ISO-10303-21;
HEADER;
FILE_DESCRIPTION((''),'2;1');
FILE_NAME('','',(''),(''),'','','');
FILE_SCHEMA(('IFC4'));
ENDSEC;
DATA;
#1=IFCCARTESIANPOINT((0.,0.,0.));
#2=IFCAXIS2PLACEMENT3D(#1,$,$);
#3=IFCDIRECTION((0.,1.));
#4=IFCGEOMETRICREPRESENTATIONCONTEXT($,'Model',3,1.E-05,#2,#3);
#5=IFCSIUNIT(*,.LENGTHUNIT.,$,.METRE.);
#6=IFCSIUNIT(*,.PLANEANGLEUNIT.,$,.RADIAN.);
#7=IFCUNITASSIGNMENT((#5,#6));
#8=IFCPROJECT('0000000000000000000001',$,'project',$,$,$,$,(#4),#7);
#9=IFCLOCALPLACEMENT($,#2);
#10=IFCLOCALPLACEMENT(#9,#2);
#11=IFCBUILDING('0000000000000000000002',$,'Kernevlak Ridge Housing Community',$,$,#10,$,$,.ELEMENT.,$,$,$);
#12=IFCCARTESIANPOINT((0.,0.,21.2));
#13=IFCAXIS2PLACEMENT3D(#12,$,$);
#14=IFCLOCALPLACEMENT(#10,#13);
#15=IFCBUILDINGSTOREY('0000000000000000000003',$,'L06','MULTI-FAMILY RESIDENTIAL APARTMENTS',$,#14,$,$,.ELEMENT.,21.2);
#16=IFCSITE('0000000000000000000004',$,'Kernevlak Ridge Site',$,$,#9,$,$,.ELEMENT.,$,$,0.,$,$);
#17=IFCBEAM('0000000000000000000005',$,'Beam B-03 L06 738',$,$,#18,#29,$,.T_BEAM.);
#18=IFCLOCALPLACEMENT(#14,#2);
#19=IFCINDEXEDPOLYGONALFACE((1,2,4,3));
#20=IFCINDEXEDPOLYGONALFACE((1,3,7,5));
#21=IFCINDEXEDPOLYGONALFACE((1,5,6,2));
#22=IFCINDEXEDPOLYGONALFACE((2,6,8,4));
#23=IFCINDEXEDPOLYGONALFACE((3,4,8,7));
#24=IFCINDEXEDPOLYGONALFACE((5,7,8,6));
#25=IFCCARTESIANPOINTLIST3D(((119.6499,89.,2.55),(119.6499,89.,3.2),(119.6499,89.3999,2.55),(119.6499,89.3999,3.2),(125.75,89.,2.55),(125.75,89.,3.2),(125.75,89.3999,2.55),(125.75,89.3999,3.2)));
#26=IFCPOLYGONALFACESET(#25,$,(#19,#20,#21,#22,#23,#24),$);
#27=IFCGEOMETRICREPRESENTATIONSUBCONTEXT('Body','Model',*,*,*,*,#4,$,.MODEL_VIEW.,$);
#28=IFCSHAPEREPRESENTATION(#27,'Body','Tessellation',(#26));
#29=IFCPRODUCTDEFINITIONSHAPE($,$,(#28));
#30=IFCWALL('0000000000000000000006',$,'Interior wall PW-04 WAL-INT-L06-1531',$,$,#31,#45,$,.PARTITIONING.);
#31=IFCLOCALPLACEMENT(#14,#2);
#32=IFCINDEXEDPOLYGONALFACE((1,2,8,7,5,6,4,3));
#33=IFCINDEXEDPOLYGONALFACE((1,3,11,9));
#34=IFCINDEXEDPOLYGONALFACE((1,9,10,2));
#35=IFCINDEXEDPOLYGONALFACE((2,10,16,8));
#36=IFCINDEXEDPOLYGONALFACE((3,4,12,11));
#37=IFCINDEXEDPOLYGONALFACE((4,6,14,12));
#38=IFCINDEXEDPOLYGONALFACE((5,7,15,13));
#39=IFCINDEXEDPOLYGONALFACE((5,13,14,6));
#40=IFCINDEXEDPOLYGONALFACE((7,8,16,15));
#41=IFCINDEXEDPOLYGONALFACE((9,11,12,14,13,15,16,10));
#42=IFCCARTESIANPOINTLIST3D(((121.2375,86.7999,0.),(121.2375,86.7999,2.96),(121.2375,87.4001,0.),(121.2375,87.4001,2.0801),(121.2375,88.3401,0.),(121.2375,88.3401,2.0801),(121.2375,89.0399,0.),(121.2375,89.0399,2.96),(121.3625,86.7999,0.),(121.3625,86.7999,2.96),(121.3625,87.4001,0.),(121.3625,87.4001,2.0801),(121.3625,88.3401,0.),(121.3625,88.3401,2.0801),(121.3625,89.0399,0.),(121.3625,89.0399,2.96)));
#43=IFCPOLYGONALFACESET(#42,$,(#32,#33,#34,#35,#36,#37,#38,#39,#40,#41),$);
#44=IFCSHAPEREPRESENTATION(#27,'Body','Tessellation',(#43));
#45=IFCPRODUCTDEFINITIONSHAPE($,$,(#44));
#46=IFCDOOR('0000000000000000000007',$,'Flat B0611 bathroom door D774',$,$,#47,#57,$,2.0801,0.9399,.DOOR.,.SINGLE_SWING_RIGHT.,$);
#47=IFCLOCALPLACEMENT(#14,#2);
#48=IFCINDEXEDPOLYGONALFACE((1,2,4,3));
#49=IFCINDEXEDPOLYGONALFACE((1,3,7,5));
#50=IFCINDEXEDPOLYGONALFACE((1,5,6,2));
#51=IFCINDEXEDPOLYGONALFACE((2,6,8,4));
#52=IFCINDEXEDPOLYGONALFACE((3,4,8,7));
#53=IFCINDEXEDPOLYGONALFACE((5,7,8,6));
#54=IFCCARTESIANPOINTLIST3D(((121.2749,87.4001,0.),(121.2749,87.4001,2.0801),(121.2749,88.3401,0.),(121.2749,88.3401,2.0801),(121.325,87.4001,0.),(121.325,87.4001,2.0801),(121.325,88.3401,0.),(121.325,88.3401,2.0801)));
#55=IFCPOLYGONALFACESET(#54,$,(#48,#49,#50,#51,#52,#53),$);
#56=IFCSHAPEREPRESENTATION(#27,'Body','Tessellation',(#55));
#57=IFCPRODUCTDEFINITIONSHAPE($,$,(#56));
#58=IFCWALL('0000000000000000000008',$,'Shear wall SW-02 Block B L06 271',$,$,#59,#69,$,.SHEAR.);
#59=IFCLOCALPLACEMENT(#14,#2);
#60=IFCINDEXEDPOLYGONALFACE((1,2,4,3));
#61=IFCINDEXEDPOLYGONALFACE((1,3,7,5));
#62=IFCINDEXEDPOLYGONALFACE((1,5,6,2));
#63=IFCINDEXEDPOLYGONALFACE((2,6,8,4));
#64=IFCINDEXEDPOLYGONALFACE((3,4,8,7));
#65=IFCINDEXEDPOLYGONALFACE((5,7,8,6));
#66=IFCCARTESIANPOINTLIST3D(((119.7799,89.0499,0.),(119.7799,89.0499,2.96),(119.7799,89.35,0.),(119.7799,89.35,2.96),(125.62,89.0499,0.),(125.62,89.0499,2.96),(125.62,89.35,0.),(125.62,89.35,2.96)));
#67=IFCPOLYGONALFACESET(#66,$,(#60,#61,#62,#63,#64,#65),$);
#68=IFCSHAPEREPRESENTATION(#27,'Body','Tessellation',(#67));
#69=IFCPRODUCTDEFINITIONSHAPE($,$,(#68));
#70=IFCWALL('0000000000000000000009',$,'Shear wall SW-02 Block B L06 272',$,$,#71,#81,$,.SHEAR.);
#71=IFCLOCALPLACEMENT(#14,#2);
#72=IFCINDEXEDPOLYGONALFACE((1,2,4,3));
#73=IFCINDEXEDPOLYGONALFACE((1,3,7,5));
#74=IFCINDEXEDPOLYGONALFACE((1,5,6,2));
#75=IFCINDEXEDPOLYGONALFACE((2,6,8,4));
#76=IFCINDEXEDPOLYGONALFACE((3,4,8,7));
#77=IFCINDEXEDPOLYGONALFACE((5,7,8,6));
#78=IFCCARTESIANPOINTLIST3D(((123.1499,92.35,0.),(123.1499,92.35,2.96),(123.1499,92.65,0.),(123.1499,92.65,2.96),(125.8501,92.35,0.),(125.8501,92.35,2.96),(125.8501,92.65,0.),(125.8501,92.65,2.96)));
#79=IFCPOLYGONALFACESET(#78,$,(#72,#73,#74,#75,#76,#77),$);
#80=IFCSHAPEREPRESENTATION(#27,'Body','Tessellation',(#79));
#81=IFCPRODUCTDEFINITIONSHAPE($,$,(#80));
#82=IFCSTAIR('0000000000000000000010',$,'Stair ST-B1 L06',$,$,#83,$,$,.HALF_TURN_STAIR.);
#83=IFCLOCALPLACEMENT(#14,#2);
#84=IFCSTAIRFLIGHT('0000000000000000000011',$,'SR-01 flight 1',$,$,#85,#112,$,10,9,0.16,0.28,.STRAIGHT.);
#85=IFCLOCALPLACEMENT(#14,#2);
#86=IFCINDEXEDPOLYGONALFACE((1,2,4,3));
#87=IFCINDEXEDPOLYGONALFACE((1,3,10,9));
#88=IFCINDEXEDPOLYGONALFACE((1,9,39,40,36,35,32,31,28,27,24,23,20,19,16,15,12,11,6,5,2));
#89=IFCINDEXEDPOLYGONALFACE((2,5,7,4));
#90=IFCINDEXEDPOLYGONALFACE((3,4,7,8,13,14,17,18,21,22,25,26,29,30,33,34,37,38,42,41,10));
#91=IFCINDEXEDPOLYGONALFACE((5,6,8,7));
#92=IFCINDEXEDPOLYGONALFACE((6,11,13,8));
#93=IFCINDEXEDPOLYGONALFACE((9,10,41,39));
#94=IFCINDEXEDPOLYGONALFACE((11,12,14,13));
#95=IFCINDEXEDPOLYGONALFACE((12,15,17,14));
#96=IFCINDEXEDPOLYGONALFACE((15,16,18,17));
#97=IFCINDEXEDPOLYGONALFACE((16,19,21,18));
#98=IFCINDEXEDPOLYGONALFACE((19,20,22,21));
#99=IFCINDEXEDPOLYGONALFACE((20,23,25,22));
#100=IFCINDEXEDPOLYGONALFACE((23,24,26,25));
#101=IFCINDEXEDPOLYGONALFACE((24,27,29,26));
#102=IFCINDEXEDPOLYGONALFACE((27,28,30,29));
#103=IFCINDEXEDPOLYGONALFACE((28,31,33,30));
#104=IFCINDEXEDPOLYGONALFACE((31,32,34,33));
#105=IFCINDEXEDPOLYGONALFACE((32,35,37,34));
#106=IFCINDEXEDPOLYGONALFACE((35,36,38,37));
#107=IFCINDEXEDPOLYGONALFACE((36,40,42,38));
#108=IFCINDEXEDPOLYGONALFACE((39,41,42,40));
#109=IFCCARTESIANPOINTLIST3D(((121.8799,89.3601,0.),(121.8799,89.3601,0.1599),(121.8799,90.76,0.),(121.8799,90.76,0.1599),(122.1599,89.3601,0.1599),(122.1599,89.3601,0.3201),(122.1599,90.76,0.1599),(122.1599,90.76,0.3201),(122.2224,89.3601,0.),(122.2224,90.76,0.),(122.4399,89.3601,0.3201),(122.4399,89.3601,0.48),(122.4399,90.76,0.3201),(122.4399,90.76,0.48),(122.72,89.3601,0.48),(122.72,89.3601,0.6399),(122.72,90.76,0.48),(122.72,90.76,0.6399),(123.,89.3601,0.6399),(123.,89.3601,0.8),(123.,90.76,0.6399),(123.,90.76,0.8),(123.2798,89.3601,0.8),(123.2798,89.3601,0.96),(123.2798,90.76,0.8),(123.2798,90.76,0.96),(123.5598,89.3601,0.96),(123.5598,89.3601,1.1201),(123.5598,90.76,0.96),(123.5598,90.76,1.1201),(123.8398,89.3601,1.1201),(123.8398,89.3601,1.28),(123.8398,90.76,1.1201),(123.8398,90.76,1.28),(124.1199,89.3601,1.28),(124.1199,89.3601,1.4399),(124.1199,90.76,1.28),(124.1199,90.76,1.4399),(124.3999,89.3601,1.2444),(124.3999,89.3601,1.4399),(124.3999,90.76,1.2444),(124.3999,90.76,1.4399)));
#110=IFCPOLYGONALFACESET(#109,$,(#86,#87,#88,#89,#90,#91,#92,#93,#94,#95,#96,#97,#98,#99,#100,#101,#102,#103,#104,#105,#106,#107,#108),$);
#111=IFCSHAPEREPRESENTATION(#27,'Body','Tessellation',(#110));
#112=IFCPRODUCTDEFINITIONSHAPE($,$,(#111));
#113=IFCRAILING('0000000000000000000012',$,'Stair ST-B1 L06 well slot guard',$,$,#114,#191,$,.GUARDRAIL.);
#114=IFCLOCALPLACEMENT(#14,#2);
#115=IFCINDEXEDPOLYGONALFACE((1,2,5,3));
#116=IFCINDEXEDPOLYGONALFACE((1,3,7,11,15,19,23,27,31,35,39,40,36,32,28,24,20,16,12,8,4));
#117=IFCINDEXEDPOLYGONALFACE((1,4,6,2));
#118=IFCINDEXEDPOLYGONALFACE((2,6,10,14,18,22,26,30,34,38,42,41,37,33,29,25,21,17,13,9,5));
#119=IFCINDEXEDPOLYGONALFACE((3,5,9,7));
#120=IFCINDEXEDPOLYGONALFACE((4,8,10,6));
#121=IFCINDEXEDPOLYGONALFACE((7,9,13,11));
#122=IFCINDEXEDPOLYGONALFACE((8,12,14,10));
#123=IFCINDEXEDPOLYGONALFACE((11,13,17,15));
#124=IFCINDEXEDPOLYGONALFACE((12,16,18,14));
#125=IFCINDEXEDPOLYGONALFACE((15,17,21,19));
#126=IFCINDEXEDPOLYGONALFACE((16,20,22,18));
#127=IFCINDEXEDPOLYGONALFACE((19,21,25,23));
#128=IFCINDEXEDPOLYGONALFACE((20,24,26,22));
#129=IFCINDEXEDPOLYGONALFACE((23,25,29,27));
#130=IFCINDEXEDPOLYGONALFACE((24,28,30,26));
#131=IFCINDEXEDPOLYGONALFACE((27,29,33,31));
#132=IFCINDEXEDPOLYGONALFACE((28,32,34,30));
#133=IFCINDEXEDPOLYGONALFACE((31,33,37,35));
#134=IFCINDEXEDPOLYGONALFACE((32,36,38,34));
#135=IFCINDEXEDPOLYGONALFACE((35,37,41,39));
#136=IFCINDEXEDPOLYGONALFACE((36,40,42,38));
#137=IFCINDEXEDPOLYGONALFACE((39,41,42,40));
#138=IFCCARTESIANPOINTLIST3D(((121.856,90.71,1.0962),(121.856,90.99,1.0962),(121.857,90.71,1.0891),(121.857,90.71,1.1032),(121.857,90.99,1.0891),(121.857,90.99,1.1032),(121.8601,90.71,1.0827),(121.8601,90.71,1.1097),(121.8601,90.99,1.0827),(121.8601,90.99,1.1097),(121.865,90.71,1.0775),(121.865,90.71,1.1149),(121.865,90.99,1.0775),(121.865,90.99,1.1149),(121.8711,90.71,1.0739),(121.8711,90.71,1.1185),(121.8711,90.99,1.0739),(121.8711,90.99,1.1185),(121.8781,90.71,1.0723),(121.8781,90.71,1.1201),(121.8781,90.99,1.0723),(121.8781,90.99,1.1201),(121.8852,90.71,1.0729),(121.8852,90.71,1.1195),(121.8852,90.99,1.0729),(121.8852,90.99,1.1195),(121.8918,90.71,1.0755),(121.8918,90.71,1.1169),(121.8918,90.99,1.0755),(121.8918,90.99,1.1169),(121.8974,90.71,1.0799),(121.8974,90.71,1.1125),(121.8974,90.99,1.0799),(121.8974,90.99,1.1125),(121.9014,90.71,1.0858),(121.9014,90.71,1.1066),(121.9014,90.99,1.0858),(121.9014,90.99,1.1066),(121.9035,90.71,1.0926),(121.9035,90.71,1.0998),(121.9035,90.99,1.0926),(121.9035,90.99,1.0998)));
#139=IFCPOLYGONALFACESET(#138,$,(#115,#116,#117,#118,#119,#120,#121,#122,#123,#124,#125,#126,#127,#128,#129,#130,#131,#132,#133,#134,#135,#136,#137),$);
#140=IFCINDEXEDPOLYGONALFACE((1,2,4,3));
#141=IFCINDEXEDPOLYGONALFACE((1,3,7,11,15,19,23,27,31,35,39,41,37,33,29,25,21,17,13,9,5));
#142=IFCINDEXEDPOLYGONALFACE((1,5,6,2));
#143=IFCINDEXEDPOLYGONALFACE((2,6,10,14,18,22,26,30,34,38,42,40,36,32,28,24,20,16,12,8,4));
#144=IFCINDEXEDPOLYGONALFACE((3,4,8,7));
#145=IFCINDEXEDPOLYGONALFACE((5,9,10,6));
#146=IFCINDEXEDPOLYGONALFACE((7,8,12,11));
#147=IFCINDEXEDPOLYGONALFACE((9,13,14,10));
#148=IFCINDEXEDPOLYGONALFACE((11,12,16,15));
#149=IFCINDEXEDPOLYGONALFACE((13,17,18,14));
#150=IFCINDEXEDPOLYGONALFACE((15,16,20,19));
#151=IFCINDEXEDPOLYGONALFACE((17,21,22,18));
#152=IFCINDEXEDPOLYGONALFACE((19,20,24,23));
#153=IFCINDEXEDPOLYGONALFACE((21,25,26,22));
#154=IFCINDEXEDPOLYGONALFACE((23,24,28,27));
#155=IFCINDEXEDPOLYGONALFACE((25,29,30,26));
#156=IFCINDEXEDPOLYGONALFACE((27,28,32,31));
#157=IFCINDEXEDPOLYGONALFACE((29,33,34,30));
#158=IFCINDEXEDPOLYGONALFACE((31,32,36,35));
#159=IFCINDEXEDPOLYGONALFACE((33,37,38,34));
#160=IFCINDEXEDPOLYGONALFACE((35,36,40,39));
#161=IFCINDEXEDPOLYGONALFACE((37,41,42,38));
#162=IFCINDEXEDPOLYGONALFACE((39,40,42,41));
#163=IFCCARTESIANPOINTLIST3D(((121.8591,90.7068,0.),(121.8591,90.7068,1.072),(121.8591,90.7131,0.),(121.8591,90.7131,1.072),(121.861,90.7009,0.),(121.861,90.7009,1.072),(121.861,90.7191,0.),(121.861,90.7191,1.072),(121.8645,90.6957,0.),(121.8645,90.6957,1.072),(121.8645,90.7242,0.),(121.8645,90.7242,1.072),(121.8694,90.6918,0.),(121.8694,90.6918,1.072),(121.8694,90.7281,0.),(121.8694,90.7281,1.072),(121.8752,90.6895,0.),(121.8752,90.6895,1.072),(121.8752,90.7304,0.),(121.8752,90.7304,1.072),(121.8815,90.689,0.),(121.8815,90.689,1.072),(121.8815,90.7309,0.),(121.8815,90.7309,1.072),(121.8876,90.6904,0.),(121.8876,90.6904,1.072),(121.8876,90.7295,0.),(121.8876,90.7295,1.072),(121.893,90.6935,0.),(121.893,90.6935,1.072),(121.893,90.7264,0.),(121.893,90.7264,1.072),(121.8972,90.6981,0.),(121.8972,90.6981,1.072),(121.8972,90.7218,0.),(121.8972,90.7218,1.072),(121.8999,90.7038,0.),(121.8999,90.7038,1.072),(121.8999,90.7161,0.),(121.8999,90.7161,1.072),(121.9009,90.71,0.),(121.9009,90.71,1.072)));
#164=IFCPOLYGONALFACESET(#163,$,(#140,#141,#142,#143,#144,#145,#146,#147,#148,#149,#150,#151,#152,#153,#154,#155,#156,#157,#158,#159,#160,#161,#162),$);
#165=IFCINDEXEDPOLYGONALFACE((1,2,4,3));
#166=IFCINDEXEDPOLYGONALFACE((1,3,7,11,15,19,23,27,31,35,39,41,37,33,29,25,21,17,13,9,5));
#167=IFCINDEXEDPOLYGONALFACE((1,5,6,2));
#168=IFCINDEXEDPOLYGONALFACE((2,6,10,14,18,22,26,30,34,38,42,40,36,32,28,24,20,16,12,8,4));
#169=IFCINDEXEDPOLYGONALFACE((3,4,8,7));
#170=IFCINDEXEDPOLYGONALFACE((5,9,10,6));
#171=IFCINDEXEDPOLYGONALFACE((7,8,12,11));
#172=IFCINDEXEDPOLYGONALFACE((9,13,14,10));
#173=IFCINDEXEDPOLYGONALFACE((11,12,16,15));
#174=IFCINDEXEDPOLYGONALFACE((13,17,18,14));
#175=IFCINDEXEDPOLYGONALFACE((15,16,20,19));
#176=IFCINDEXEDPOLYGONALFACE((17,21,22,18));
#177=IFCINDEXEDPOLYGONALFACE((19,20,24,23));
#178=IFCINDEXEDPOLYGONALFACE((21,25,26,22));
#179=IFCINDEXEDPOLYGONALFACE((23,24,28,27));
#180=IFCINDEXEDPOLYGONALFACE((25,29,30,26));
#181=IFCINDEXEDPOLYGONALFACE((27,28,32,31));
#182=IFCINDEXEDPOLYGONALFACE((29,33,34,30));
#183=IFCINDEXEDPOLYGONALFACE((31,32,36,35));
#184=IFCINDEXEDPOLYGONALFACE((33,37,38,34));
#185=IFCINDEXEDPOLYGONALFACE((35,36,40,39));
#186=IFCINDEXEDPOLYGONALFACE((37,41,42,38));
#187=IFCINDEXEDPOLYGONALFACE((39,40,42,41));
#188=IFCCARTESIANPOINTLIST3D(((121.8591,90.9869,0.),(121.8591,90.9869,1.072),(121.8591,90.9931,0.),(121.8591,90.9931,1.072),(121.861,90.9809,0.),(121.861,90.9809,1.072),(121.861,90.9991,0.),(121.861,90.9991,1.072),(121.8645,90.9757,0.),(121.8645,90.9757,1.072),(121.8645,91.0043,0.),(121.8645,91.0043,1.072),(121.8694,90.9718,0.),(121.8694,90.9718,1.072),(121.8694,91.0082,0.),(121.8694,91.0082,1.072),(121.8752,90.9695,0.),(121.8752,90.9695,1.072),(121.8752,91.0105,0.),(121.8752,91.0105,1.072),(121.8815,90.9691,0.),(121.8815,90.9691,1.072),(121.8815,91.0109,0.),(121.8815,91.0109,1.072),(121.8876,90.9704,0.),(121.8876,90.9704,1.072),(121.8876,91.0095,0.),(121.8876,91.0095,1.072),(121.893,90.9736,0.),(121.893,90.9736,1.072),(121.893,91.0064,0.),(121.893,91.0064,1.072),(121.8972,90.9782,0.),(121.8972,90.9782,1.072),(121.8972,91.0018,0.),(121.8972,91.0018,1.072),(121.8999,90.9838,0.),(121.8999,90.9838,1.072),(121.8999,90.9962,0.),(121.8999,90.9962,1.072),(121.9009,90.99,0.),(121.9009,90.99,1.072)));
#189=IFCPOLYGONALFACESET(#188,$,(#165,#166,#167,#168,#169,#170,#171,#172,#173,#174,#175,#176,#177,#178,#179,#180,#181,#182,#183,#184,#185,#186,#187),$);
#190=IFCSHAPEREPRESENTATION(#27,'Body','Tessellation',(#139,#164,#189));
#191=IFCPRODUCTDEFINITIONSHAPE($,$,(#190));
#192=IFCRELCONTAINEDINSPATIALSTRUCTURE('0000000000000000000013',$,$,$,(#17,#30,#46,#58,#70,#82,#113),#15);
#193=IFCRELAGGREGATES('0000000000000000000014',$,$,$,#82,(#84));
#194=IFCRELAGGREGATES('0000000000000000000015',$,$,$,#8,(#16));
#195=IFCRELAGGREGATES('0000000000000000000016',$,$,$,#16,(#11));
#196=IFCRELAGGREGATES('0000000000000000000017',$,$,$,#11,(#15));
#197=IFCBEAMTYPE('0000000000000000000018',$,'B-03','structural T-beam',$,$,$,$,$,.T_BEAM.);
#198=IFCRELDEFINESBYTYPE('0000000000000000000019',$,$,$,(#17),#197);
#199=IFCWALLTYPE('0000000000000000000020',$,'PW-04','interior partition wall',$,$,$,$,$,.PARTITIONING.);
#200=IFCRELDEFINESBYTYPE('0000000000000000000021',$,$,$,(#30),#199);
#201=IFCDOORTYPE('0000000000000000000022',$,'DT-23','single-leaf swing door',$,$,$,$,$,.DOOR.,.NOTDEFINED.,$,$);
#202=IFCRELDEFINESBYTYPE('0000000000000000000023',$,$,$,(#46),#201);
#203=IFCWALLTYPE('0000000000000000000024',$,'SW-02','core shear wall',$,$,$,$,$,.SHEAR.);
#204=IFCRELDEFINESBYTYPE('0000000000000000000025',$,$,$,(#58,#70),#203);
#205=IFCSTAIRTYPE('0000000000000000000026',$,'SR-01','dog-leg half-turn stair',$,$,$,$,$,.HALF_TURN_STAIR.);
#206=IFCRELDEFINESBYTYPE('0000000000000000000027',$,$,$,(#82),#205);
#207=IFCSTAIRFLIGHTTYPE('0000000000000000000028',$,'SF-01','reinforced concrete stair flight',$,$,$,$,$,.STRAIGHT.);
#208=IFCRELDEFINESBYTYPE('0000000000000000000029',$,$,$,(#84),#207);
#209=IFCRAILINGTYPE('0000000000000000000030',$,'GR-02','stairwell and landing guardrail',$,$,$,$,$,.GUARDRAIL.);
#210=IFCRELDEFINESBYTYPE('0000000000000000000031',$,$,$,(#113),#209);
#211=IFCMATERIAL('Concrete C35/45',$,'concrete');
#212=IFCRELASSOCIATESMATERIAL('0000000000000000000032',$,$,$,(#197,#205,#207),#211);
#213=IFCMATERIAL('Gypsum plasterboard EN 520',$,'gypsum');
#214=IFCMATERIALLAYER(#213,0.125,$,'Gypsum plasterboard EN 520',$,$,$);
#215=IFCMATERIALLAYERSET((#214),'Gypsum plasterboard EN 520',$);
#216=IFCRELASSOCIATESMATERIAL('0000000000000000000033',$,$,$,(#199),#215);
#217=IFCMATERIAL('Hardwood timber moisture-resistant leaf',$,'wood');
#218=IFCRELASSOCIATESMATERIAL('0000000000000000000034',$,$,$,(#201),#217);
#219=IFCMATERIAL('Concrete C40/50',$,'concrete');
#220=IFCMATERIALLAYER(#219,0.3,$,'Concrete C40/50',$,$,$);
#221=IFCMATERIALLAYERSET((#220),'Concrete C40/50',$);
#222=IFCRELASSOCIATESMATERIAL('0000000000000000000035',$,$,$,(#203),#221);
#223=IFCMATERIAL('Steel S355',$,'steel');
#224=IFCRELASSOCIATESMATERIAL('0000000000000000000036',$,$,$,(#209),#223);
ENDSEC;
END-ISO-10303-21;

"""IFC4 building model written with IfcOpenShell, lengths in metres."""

from ifc_helpers import new_model, si_unit, direction, frame, frame_2d, origin, origin_2d, place, context, subcontext, project, spatial, polyline, rectangle, circle, outline, extrude, material, layer, layer_set, material_profile, profile_set, type_object, element, fill, aggregate, save


model = new_model("IFC4")

# Units and contexts
model_context = context("Model", 3, precision=1e-05, world=origin(), true_north=direction((0.0, 1.0)))
body_context = subcontext(model_context, "Body", "Model", "MODEL_VIEW")
ifc_project = project(units=[si_unit("LENGTHUNIT", "METRE"), si_unit("PLANEANGLEUNIT", "RADIAN")], contexts=[model_context])

# Site, building, storey
site_placement = place(None, origin())
site = spatial("IfcSite", under=ifc_project, at=site_placement, Name="Kernevlak Ridge Site", CompositionType="ELEMENT", RefElevation=0.0)
building_placement = place(site_placement, origin())
building = spatial("IfcBuilding", under=site, at=building_placement, Name="Kernevlak Ridge Housing Community", CompositionType="ELEMENT")
storey_placement = place(building_placement, frame((0.0, 0.0, 21.2)))
storey = spatial("IfcBuildingStorey", under=building, at=storey_placement, Name="L06", Description="MULTI-FAMILY RESIDENTIAL APARTMENTS", CompositionType="ELEMENT", Elevation=21.2)

# Beam
ifc_material_1 = material(Name="Concrete C35/45", Category="concrete")
ifc_material_profile = material_profile(ifc_material_1, rectangle(XDim=0.3999, YDim=0.6499, at=origin_2d()), Name="RC 400x650")
ifc_profile_set = profile_set([ifc_material_profile], Name="Concrete C35/45")
beam_type = type_object("IfcBeamType", Name="B-03", Description="structural T-beam", PredefinedType="T_BEAM", material=ifc_profile_set)
beam_placement = place(storey_placement, frame((119.6499, 89.2, 2.875), z_axis=(1.0, 0.0, 0.0), x_axis=(0.0, 1.0, 0.0)))
element("IfcBeam", 1, at=beam_placement, inside=storey, type_object=beam_type, Name="Beam B-03 L06 738", PredefinedType="T_BEAM", context=body_context, shape_type="SweptSolid", body=[
    extrude(rectangle(XDim=0.3999, YDim=0.6499, at=origin_2d()), origin(), (0.0, 0.0, 1.0), 6.1001),
])

# Wall, opening, door
ifc_material_2 = material(Name="Gypsum plasterboard EN 520", Category="gypsum")
ifc_layer_1 = layer(ifc_material_2, 0.125, Name="Gypsum plasterboard EN 520")
ifc_layer_set_1 = layer_set([ifc_layer_1], Name="Gypsum plasterboard EN 520")
wall_type_1 = type_object("IfcWallType", Name="PW-04", Description="interior partition wall", PredefinedType="PARTITIONING", material=ifc_layer_set_1)
wall_1_placement = place(storey_placement, frame((121.3, 89.04, 0.0), z_axis=(0.0, 0.0, 1.0), x_axis=(0.0, -1.0, 0.0)))
wall_1 = element("IfcWall", 2, at=wall_1_placement, inside=storey, type_object=wall_type_1, Name="Interior wall PW-04 WAL-INT-L06-1531", PredefinedType="PARTITIONING", context=body_context, shape_type="SweptSolid", body=[
    extrude(rectangle(XDim=2.24, YDim=0.125, at=frame_2d((1.1201, 0.0))), origin(), (0.0, 0.0, 1.0), 2.96),
])
opening_1_placement = place(wall_1_placement, frame((0.7, 0.0, 0.0)))
opening_1 = element("IfcOpeningElement", 3, at=opening_1_placement, cuts=wall_1, PredefinedType="OPENING", context=body_context, shape_type="SweptSolid", body=[
    extrude(rectangle(XDim=0.9399, YDim=2.0801, at=frame_2d((0.47, 1.04))), frame((0.0, 0.0725, 0.0), z_axis=(0.0, -1.0, 0.0), x_axis=(1.0, 0.0, 0.0)), (0.0, 0.0, 1.0), 0.145),
])
ifc_material_3 = material(Name="Hardwood timber moisture-resistant leaf", Category="wood")
door_type_1 = type_object("IfcDoorType", Name="DT-23", Description="single-leaf swing door", OperationType="NOTDEFINED", PredefinedType="DOOR", material=ifc_material_3)
door_1_placement = place(opening_1_placement, origin())
door_1 = element("IfcDoor", 4, at=door_1_placement, inside=storey, type_object=door_type_1, Name="Flat B0611 bathroom door D774", OperationType="SINGLE_SWING_RIGHT", OverallHeight=2.0801, OverallWidth=0.9399, PredefinedType="DOOR", context=body_context, shape_type="SweptSolid", body=[
    extrude(rectangle(XDim=0.9399, YDim=2.0801, at=frame_2d((0.47, 1.04))), frame((0.0, 0.0249, 0.0), z_axis=(0.0, -1.0, 0.0), x_axis=(1.0, 0.0, 0.0)), (0.0, 0.0, 1.0), 0.05),
])
fill(opening_1, door_1)

# Walls
ifc_material_4 = material(Name="Concrete C40/50", Category="concrete")
ifc_layer_2 = layer(ifc_material_4, 0.3, Name="Concrete C40/50")
ifc_layer_set_2 = layer_set([ifc_layer_2], Name="Concrete C40/50")
wall_type_2 = type_object("IfcWallType", Name="SW-02", Description="core shear wall", PredefinedType="SHEAR", material=ifc_layer_set_2)
wall_2_placement = place(storey_placement, frame((119.78, 89.2, 0.0), z_axis=(0.0, 0.0, 1.0), x_axis=(1.0, 0.0, 0.0)))
element("IfcWall", 5, at=wall_2_placement, inside=storey, type_object=wall_type_2, Name="Shear wall SW-02 Block B L06 271", PredefinedType="SHEAR", context=body_context, shape_type="SweptSolid", body=[
    extrude(rectangle(XDim=5.8401, YDim=0.3, at=frame_2d((2.9199, 0.0))), origin(), (0.0, 0.0, 1.0), 2.96),
])
wall_3_placement = place(storey_placement, frame((123.1499, 92.5, 0.0), z_axis=(0.0, 0.0, 1.0), x_axis=(1.0, 0.0, 0.0)))
element("IfcWall", 6, at=wall_3_placement, inside=storey, type_object=wall_type_2, Name="Shear wall SW-02 Block B L06 272", PredefinedType="SHEAR", context=body_context, shape_type="SweptSolid", body=[
    extrude(rectangle(XDim=2.7002, YDim=0.3, at=frame_2d((1.3501, 0.0))), origin(), (0.0, 0.0, 1.0), 2.96),
])

# Stair, stair flight
stair_type = type_object("IfcStairType", Name="SR-01", Description="dog-leg half-turn stair", PredefinedType="HALF_TURN_STAIR", material=ifc_material_1)
stair_placement = place(storey_placement, origin())
stair = element("IfcStair", 7, at=stair_placement, inside=storey, type_object=stair_type, Name="Stair ST-B1 L06", PredefinedType="HALF_TURN_STAIR")
stair_flight_type = type_object("IfcStairFlightType", Name="SF-01", Description="reinforced concrete stair flight", PredefinedType="STRAIGHT", material=ifc_material_1)
stair_flight_placement = place(storey_placement, frame((121.8799, 90.0601, 0.0), z_axis=(0.0, 0.0, 1.0), x_axis=(1.0, 0.0, 0.0)))
stair_flight = element("IfcStairFlight", 8, at=stair_flight_placement, type_object=stair_flight_type, Name="SR-01 flight 1", NumberOfRisers=10, NumberOfTreads=9, PredefinedType="STRAIGHT", RiserHeight=0.16, TreadLength=0.28, context=body_context, shape_type="SweptSolid", body=[
    extrude(outline(polyline([(0.0, 0.0), (0.0, 0.1599), (0.28, 0.1599), (0.28, 0.3201), (0.5601, 0.3201), (0.5601, 0.48), (0.8401, 0.48), (0.8401, 0.6399), (1.1201, 0.6399), (1.1201, 0.8), (1.3999, 0.8), (1.3999, 0.96), (1.6799, 0.96), (1.6799, 1.1201), (1.96, 1.1201), (1.96, 1.28), (2.24, 1.28), (2.24, 1.4399), (2.52, 1.4399), (2.52, 1.6001), (2.52, 1.2444), (0.3425, 0.0), (0.0, 0.0)])), frame((0.0, 0.7, 0.0), z_axis=(0.0, -1.0, 0.0), x_axis=(1.0, 0.0, 0.0)), (0.0, 0.0, 1.0), 1.3999),
])
aggregate(stair, [stair_flight])

# Railing
ifc_material_5 = material(Name="Steel S355", Category="steel")
railing_type_1 = type_object("IfcRailingType", Name="GR-02", Description="stairwell and landing guardrail", PredefinedType="GUARDRAIL", material=ifc_material_5)
railing_1_placement = place(storey_placement, frame((121.8799, 90.71, 0.0)))
element("IfcRailing", 9, at=railing_1_placement, inside=storey, type_object=railing_type_1, Name="Stair ST-B1 L06 well slot guard", PredefinedType="GUARDRAIL", context=body_context, shape_type="SweptSolid", body=[
    extrude(circle(Radius=0.0239, at=origin_2d()), frame((0.0, 0.0, 1.0962), z_axis=(0.0, 1.0, 0.0), x_axis=(-1.0, 0.0, 0.0)), (0.0, 0.0, 1.0), 0.28),
    extrude(circle(Radius=0.021, at=origin_2d()), origin(), (0.0, 0.0, 1.0), 1.072),
    extrude(circle(Radius=0.021, at=origin_2d()), frame((0.0, 0.28, 0.0)), (0.0, 0.0, 1.0), 1.072),
])

save(model, "model.ifc")
